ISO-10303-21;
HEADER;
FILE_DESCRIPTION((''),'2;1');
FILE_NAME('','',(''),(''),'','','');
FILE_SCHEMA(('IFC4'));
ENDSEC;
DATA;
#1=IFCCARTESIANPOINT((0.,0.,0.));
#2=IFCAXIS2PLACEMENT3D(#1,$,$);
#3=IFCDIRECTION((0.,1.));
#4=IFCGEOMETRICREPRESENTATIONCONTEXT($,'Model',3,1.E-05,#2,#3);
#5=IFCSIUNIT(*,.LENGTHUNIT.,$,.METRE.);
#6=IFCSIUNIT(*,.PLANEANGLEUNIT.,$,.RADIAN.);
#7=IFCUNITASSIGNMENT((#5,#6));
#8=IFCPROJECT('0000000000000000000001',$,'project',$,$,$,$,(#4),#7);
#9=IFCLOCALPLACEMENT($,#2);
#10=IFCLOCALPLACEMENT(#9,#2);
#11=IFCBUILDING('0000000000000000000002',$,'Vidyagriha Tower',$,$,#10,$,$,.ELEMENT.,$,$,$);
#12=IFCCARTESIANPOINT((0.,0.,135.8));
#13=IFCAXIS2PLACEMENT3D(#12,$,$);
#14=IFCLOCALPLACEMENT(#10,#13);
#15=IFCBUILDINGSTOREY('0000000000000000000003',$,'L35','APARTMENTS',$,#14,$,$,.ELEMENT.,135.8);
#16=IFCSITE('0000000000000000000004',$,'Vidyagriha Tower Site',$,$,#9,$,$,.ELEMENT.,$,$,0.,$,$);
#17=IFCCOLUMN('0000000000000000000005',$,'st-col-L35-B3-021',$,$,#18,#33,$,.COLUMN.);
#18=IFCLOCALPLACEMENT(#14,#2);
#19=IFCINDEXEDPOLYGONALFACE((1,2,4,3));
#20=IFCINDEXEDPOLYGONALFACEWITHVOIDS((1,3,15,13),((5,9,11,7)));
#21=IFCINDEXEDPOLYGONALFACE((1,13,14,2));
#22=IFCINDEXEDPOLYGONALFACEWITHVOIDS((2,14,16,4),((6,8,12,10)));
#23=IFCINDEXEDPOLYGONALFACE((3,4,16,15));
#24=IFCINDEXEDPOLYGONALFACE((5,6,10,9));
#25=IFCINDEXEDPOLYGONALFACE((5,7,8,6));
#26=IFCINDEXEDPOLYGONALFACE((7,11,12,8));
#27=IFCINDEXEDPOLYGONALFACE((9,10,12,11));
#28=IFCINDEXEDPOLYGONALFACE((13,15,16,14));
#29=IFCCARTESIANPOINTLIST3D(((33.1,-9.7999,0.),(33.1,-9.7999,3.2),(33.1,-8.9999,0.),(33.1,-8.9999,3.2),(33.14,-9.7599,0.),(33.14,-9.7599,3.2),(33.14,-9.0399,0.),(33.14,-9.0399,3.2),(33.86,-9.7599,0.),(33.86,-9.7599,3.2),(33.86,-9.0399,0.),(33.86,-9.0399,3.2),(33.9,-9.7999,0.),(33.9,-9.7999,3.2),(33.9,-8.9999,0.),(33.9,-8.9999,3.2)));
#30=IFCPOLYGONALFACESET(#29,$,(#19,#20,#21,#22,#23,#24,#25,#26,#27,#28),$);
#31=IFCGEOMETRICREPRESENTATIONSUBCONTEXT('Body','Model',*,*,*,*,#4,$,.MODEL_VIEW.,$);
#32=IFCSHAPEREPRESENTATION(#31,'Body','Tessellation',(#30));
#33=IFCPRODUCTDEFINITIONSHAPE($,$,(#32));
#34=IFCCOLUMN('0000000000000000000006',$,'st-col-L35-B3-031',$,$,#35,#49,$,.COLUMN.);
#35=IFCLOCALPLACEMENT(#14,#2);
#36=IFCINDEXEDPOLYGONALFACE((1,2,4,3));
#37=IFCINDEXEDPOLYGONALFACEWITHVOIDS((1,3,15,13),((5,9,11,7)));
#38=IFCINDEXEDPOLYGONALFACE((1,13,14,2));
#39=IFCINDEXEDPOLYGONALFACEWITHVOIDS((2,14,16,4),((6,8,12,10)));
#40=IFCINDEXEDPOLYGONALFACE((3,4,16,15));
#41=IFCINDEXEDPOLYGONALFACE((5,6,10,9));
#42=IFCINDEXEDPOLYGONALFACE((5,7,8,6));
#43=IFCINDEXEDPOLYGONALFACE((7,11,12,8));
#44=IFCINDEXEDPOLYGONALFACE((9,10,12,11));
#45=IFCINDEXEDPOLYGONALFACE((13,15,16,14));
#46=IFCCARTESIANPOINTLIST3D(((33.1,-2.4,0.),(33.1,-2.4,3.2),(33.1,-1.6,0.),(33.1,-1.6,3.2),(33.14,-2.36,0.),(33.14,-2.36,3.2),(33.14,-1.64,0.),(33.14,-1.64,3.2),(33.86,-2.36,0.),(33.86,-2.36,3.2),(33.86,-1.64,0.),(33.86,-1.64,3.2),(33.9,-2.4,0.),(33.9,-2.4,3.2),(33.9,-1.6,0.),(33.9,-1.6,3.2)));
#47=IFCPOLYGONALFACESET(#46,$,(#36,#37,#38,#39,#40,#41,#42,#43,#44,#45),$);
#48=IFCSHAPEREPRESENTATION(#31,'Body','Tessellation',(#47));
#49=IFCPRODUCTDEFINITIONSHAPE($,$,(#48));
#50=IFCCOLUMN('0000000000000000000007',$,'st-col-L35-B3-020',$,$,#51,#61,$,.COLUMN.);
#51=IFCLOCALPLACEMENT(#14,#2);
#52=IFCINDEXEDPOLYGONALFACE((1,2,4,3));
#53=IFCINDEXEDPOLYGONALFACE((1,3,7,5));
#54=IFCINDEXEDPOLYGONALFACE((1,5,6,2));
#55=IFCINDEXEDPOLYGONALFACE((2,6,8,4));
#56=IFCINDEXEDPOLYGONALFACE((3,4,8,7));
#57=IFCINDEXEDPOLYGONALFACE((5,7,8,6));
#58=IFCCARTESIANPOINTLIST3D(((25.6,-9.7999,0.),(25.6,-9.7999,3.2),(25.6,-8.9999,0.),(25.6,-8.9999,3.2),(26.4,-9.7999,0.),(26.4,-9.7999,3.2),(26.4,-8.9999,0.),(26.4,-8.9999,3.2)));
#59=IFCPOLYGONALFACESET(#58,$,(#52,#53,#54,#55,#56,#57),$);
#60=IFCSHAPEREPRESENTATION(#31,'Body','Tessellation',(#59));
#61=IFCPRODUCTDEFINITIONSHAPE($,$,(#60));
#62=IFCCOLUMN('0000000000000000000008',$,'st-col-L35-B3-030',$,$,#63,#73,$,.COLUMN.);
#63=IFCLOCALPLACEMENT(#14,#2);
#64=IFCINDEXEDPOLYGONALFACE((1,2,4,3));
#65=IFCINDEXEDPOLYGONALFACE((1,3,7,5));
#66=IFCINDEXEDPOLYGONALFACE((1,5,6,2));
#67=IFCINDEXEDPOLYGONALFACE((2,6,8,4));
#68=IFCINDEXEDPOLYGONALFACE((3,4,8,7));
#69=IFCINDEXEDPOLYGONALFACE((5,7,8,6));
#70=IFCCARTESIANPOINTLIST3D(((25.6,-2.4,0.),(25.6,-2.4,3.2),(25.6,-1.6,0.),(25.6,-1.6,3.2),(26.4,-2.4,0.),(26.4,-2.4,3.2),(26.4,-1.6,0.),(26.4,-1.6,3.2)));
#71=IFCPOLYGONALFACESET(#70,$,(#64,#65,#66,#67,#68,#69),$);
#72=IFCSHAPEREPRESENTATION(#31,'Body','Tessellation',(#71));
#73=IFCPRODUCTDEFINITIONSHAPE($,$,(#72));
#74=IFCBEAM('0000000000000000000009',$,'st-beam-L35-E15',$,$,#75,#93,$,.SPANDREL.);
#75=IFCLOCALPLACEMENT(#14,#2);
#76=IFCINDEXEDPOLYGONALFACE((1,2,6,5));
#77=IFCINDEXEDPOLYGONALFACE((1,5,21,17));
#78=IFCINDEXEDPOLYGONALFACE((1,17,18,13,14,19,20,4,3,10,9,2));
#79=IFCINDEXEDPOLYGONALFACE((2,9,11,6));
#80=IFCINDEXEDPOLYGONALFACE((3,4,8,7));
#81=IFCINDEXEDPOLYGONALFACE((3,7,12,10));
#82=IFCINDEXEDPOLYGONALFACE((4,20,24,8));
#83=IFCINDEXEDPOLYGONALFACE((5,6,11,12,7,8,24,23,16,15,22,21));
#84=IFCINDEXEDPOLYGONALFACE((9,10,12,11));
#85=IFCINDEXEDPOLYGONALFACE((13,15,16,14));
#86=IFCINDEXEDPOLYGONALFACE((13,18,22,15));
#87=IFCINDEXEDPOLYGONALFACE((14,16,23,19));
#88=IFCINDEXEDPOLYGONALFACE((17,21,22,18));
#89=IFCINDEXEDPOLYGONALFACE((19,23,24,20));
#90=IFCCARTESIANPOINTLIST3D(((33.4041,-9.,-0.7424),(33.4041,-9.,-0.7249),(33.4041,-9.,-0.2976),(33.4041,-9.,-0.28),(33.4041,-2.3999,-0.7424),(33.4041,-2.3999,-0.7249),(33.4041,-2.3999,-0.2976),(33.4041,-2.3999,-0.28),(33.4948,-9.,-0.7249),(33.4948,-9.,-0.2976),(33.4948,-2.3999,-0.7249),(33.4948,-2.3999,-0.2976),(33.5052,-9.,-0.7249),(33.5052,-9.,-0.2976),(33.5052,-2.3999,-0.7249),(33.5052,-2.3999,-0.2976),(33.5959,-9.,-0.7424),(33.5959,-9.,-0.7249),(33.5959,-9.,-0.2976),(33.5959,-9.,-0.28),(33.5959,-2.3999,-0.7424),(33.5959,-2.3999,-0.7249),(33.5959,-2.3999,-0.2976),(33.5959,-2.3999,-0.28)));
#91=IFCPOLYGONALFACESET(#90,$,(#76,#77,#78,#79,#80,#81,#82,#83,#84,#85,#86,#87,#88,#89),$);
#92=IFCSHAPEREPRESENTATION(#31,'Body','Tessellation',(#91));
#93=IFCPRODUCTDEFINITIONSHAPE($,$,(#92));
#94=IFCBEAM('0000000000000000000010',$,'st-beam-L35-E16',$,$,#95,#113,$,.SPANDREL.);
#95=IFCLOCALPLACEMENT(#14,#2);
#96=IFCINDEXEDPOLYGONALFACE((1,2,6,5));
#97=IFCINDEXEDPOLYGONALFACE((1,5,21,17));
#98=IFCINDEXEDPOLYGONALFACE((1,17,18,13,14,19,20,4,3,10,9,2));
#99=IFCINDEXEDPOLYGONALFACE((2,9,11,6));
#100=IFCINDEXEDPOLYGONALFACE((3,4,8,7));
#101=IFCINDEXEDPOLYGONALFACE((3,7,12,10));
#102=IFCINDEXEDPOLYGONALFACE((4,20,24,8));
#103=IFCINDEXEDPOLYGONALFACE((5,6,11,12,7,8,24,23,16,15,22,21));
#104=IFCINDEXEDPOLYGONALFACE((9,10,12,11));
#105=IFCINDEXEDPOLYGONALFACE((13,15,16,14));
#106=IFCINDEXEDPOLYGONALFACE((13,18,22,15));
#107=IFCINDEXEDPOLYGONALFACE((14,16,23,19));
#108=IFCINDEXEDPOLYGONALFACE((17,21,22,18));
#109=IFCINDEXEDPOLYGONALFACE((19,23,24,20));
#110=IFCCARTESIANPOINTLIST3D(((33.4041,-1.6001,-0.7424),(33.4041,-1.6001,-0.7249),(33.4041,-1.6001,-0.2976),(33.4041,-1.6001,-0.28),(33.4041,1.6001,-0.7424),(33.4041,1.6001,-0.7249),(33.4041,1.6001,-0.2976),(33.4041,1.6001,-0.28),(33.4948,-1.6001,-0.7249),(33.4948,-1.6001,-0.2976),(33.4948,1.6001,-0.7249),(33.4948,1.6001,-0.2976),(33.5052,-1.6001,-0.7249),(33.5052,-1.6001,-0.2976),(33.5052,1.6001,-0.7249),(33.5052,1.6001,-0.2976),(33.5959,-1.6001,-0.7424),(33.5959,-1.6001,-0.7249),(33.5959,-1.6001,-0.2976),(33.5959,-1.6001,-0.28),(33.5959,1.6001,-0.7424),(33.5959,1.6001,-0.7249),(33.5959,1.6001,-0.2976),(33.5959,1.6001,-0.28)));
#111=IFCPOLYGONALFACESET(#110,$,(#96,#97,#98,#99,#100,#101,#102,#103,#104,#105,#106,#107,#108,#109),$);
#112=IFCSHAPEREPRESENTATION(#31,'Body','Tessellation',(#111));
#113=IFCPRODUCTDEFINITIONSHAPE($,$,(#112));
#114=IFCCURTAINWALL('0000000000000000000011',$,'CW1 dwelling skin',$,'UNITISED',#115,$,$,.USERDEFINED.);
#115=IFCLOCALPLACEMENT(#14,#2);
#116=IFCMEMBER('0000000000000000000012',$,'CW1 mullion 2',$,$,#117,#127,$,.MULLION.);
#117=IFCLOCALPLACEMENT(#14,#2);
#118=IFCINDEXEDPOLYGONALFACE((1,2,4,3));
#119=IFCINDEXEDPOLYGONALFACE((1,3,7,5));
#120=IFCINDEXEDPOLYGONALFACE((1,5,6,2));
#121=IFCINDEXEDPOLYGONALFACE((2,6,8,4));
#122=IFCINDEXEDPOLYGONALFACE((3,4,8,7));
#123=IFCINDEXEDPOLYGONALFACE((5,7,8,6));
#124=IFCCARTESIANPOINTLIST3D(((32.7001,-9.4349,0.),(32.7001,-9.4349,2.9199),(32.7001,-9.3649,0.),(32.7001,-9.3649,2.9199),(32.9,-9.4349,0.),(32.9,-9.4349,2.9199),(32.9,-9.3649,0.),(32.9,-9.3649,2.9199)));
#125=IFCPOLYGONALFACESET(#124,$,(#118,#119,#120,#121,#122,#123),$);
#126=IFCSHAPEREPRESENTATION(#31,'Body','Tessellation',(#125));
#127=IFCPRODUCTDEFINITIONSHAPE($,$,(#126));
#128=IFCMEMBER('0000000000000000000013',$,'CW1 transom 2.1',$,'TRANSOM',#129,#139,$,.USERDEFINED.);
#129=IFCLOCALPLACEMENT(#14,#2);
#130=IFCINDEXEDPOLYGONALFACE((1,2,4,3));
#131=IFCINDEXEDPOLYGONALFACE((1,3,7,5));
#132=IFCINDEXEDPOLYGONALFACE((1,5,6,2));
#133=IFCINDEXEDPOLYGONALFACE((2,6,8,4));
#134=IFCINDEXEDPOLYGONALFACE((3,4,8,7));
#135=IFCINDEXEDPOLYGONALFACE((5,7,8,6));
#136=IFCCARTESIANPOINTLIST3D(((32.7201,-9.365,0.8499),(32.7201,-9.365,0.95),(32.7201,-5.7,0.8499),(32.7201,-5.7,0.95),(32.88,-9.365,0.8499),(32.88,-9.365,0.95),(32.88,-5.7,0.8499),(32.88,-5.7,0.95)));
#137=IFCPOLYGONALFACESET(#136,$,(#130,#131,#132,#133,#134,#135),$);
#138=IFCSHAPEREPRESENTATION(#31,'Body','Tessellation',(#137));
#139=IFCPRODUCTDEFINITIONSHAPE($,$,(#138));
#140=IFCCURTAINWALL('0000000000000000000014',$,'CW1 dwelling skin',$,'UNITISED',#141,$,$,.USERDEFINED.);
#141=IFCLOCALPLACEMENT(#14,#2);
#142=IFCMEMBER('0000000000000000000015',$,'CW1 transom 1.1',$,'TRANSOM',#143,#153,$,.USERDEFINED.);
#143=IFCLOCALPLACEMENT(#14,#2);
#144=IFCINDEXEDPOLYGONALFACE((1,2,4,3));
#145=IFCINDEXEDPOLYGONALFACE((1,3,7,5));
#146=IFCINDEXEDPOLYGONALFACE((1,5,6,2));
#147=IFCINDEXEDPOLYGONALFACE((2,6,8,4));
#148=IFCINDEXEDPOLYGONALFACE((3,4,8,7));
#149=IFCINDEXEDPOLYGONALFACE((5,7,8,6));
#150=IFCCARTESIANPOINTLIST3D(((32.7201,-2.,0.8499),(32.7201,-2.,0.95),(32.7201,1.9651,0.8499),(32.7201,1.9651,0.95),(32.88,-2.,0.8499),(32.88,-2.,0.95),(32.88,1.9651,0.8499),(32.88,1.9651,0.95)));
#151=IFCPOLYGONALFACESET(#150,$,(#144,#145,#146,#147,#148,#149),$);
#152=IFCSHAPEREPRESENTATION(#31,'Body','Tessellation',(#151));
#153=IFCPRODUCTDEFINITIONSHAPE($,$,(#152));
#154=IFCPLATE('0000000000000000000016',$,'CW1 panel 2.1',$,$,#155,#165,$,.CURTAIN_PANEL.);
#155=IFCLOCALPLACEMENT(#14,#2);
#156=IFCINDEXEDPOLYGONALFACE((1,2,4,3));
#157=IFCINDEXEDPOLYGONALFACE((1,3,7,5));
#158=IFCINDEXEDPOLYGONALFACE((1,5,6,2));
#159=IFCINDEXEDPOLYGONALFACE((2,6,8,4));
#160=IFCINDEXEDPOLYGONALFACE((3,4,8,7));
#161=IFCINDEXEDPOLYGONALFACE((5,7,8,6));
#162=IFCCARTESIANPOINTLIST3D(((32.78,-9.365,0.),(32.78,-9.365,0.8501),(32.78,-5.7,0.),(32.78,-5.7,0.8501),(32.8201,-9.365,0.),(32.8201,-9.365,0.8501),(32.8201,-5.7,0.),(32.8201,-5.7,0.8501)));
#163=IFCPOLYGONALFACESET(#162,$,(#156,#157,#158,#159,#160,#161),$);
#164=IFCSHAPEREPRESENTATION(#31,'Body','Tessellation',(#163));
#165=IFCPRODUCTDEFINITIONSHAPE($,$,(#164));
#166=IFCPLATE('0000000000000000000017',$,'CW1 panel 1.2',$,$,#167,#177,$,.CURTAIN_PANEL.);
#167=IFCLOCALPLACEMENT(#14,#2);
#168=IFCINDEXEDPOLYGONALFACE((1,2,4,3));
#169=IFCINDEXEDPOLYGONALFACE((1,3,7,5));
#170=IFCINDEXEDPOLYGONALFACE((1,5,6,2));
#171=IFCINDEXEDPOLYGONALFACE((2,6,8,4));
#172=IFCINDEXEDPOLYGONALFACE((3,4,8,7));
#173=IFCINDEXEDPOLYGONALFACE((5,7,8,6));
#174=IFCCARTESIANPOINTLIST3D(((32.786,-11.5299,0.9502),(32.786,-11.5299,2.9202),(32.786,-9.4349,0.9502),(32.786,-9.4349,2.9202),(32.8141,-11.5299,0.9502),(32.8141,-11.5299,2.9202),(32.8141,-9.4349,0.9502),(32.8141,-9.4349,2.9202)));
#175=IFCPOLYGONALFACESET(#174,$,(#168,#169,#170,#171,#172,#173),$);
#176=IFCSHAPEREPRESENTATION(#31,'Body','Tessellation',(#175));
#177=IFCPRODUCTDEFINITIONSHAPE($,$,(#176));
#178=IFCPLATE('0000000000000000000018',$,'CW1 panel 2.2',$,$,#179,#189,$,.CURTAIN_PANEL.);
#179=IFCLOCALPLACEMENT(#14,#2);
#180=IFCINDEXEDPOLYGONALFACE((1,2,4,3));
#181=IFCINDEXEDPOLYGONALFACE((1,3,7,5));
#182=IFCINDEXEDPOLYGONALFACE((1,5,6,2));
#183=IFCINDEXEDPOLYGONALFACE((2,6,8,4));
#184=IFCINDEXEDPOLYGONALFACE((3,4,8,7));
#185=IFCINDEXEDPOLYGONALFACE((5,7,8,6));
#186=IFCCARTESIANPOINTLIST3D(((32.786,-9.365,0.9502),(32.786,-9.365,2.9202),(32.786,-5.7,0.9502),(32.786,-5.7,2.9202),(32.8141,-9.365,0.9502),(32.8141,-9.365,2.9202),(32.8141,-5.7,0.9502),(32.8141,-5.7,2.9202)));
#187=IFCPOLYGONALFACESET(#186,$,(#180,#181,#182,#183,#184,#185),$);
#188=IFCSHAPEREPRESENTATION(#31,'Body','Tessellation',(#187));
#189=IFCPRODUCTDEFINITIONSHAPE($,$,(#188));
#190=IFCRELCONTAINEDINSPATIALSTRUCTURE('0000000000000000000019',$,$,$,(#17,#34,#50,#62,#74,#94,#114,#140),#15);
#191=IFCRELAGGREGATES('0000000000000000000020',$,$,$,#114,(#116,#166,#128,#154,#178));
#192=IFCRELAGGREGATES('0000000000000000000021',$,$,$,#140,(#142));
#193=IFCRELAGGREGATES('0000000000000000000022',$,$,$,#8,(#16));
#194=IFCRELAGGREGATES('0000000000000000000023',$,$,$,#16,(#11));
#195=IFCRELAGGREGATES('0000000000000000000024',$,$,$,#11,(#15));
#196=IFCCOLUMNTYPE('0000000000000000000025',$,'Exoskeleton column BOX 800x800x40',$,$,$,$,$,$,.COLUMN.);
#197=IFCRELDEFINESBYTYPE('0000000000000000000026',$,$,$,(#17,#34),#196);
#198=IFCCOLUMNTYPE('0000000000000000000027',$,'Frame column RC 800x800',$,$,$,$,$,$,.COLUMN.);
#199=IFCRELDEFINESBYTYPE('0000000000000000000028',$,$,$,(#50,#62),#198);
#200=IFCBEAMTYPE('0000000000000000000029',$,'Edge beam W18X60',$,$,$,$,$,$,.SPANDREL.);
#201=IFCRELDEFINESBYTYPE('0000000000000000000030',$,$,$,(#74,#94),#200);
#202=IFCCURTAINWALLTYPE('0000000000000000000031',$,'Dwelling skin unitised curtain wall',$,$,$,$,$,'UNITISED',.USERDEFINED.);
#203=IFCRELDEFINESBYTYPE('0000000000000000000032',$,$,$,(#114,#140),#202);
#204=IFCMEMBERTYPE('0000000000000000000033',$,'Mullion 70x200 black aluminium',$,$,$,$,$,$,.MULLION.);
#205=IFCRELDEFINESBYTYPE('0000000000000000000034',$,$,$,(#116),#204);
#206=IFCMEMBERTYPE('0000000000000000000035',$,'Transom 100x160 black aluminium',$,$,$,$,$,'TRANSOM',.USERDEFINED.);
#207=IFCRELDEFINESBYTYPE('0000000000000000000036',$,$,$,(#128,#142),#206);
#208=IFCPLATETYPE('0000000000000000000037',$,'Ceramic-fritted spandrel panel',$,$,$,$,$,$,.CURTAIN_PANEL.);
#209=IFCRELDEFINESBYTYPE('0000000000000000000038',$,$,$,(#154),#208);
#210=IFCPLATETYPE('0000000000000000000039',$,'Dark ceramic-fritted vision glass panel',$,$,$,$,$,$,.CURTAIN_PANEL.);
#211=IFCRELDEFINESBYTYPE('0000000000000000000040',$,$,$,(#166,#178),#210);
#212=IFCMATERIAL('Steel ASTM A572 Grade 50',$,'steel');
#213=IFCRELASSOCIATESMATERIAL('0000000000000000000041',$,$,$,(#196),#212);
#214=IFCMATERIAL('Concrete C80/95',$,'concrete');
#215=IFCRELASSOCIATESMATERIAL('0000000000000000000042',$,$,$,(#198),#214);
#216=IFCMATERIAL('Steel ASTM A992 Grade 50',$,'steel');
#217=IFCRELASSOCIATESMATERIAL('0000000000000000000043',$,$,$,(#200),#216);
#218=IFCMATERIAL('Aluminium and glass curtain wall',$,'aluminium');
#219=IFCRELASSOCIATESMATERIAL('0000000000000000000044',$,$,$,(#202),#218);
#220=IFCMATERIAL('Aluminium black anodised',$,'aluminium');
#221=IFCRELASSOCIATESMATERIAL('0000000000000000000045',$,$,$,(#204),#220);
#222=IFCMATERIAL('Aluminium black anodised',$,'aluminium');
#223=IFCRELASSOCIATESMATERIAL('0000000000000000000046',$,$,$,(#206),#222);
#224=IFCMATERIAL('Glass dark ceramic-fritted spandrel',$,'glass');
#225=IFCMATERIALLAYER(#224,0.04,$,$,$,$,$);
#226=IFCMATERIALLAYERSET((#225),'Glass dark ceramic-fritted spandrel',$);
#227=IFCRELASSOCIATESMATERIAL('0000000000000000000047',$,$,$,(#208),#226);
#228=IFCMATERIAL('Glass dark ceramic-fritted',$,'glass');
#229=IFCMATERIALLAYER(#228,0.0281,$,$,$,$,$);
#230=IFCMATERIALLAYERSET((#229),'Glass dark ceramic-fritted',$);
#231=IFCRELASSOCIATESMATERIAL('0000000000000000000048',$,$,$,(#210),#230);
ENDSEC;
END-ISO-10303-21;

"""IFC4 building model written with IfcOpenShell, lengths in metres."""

from ifc_helpers import new_model, si_unit, direction, frame, origin, origin_2d, place, context, subcontext, project, spatial, rectangle, hollow_rectangle, i_section, extrude, material, layer, layer_set, material_profile, profile_set, type_object, element, aggregate, save


model = new_model("IFC4")

# Units and contexts
model_context = context("Model", 3, precision=1e-05, world=origin(), true_north=direction((0.0, 1.0)))
body_context = subcontext(model_context, "Body", "Model", "MODEL_VIEW")
ifc_project = project(units=[si_unit("LENGTHUNIT", "METRE"), si_unit("PLANEANGLEUNIT", "RADIAN")], contexts=[model_context])

# Site, building, storey
site_placement = place(None, origin())
site = spatial("IfcSite", under=ifc_project, at=site_placement, Name="Vidyagriha Tower Site", CompositionType="ELEMENT", RefElevation=0.0)
building_placement = place(site_placement, origin())
building = spatial("IfcBuilding", under=site, at=building_placement, Name="Vidyagriha Tower", CompositionType="ELEMENT")
storey_placement = place(building_placement, frame((0.0, 0.0, 135.8)))
storey = spatial("IfcBuildingStorey", under=building, at=storey_placement, Name="L35", Description="APARTMENTS", CompositionType="ELEMENT", Elevation=135.8)

# Columns
ifc_material_1 = material(Name="Steel ASTM A572 Grade 50", Category="steel")
ifc_material_profile_1 = material_profile(ifc_material_1, hollow_rectangle(XDim=0.8, YDim=0.8, WallThickness=0.04, at=origin_2d()), Name="BOX 800x800x40")
ifc_profile_set_1 = profile_set([ifc_material_profile_1], Name="Steel ASTM A572 Grade 50")
column_type_1 = type_object("IfcColumnType", Name="Exoskeleton column BOX 800x800x40", PredefinedType="COLUMN", material=ifc_profile_set_1)
for number, where, name in (
    (1, (33.5, -9.3999, 0.0), "st-col-L35-B3-021"),
    (2, (33.5, -2.0, 0.0), "st-col-L35-B3-031"),
):
    element("IfcColumn", number, at=place(storey_placement, frame(where)), inside=storey, type_object=column_type_1, Name=name, PredefinedType="COLUMN", context=body_context, shape_type="SweptSolid", body=[
        extrude(hollow_rectangle(XDim=0.8, YDim=0.8, WallThickness=0.04, at=origin_2d()), origin(), (0.0, 0.0, 1.0), 3.2),
    ])
ifc_material_2 = material(Name="Concrete C80/95", Category="concrete")
ifc_material_profile_2 = material_profile(ifc_material_2, rectangle(XDim=0.8, YDim=0.8, at=origin_2d()), Name="RC 800x800")
ifc_profile_set_2 = profile_set([ifc_material_profile_2], Name="Concrete C80/95")
column_type_2 = type_object("IfcColumnType", Name="Frame column RC 800x800", PredefinedType="COLUMN", material=ifc_profile_set_2)
for number, where, name in (
    (3, (26.0, -9.3999, 0.0), "st-col-L35-B3-020"),
    (4, (26.0, -2.0, 0.0), "st-col-L35-B3-030"),
):
    element("IfcColumn", number, at=place(storey_placement, frame(where)), inside=storey, type_object=column_type_2, Name=name, PredefinedType="COLUMN", context=body_context, shape_type="SweptSolid", body=[
        extrude(rectangle(XDim=0.8, YDim=0.8, at=origin_2d()), origin(), (0.0, 0.0, 1.0), 3.2),
    ])

# Beams
ifc_material_3 = material(Name="Steel ASTM A992 Grade 50", Category="steel")
ifc_material_profile_3 = material_profile(ifc_material_3, i_section(OverallWidth=0.1919, OverallDepth=0.4624, WebThickness=0.0105, FlangeThickness=0.0176, at=origin_2d()), Name="W18X60")
ifc_profile_set_3 = profile_set([ifc_material_profile_3], Name="Steel ASTM A992 Grade 50")
beam_type = type_object("IfcBeamType", Name="Edge beam W18X60", PredefinedType="SPANDREL", material=ifc_profile_set_3)
beam_1_placement = place(storey_placement, frame((33.5, -9.0, -0.5112), z_axis=(0.0, 1.0, 0.0), x_axis=(-1.0, 0.0, 0.0)))
element("IfcBeam", 5, at=beam_1_placement, inside=storey, type_object=beam_type, Name="st-beam-L35-E15", PredefinedType="SPANDREL", context=body_context, shape_type="SweptSolid", body=[
    extrude(i_section(OverallWidth=0.1919, OverallDepth=0.4624, WebThickness=0.0105, FlangeThickness=0.0176, at=origin_2d()), origin(), (0.0, 0.0, 1.0), 6.6001),
])
beam_2_placement = place(storey_placement, frame((33.5, -1.6001, -0.5112), z_axis=(0.0, 1.0, 0.0), x_axis=(-1.0, 0.0, 0.0)))
element("IfcBeam", 6, at=beam_2_placement, inside=storey, type_object=beam_type, Name="st-beam-L35-E16", PredefinedType="SPANDREL", context=body_context, shape_type="SweptSolid", body=[
    extrude(i_section(OverallWidth=0.1919, OverallDepth=0.4624, WebThickness=0.0105, FlangeThickness=0.0176, at=origin_2d()), origin(), (0.0, 0.0, 1.0), 3.2002),
])

# Curtain wall, members
ifc_material_4 = material(Name="Aluminium and glass curtain wall", Category="aluminium")
curtain_wall_type = type_object("IfcCurtainWallType", Name="Dwelling skin unitised curtain wall", ElementType="UNITISED", PredefinedType="USERDEFINED", material=ifc_material_4)
curtain_wall_1_placement = place(storey_placement, origin())
curtain_wall_1 = element("IfcCurtainWall", 7, at=curtain_wall_1_placement, inside=storey, type_object=curtain_wall_type, Name="CW1 dwelling skin", ObjectType="UNITISED", PredefinedType="USERDEFINED")
ifc_material_5 = material(Name="Aluminium black anodised", Category="aluminium")
ifc_material_profile_4 = material_profile(ifc_material_5, rectangle(XDim=0.2, YDim=0.0701, at=origin_2d()), Name="Mullion 70x200 black aluminium")
ifc_profile_set_4 = profile_set([ifc_material_profile_4], Name="Aluminium black anodised")
member_type_1 = type_object("IfcMemberType", Name="Mullion 70x200 black aluminium", PredefinedType="MULLION", material=ifc_profile_set_4)
member_1_placement = place(storey_placement, frame((32.8, -9.3999, 0.0), z_axis=(0.0, 0.0, 1.0), x_axis=(-1.0, 0.0, 0.0)))
member_1 = element("IfcMember", 8, at=member_1_placement, type_object=member_type_1, Name="CW1 mullion 2", PredefinedType="MULLION", context=body_context, shape_type="SweptSolid", body=[
    extrude(rectangle(XDim=0.2, YDim=0.0701, at=origin_2d()), origin(), (0.0, 0.0, 1.0), 2.9199),
])
ifc_material_6 = material(Name="Aluminium black anodised", Category="aluminium")
ifc_material_profile_5 = material_profile(ifc_material_6, rectangle(XDim=0.1599, YDim=0.1001, at=origin_2d()), Name="Transom 100x160 black aluminium")
ifc_profile_set_5 = profile_set([ifc_material_profile_5], Name="Aluminium black anodised")
member_type_2 = type_object("IfcMemberType", Name="Transom 100x160 black aluminium", ElementType="TRANSOM", PredefinedType="USERDEFINED", material=ifc_profile_set_5)
member_2_placement = place(storey_placement, frame((32.8, -9.365, 0.8999), z_axis=(0.0, 1.0, 0.0), x_axis=(-1.0, 0.0, 0.0)))
member_2 = element("IfcMember", 9, at=member_2_placement, type_object=member_type_2, Name="CW1 transom 2.1", ObjectType="TRANSOM", PredefinedType="USERDEFINED", context=body_context, shape_type="SweptSolid", body=[
    extrude(rectangle(XDim=0.1599, YDim=0.1001, at=origin_2d()), origin(), (0.0, 0.0, 1.0), 3.665),
])

# Curtain wall, member
curtain_wall_2_placement = place(storey_placement, origin())
curtain_wall_2 = element("IfcCurtainWall", 10, at=curtain_wall_2_placement, inside=storey, type_object=curtain_wall_type, Name="CW1 dwelling skin", ObjectType="UNITISED", PredefinedType="USERDEFINED")
member_3_placement = place(storey_placement, frame((32.8, -2.0, 0.8999), z_axis=(0.0, 1.0, 0.0), x_axis=(-1.0, 0.0, 0.0)))
member_3 = element("IfcMember", 11, at=member_3_placement, type_object=member_type_2, Name="CW1 transom 1.1", ObjectType="TRANSOM", PredefinedType="USERDEFINED", context=body_context, shape_type="SweptSolid", body=[
    extrude(rectangle(XDim=0.1599, YDim=0.1001, at=origin_2d()), origin(), (0.0, 0.0, 1.0), 3.9651),
])

# Plates
ifc_material_7 = material(Name="Glass dark ceramic-fritted spandrel", Category="glass")
ifc_layer_1 = layer(ifc_material_7, 0.04)
ifc_layer_set_1 = layer_set([ifc_layer_1], Name="Glass dark ceramic-fritted spandrel")
plate_type_1 = type_object("IfcPlateType", Name="Ceramic-fritted spandrel panel", PredefinedType="CURTAIN_PANEL", material=ifc_layer_set_1)
plate_1_placement = place(storey_placement, frame((32.8, -7.5325, 0.0), z_axis=(0.0, 0.0, 1.0), x_axis=(0.0, 1.0, 0.0)))
plate_1 = element("IfcPlate", 12, at=plate_1_placement, type_object=plate_type_1, Name="CW1 panel 2.1", PredefinedType="CURTAIN_PANEL", context=body_context, shape_type="SweptSolid", body=[
    extrude(rectangle(XDim=3.665, YDim=0.04, at=origin_2d()), origin(), (0.0, 0.0, 1.0), 0.8501),
])
ifc_material_8 = material(Name="Glass dark ceramic-fritted", Category="glass")
ifc_layer_2 = layer(ifc_material_8, 0.0281)
ifc_layer_set_2 = layer_set([ifc_layer_2], Name="Glass dark ceramic-fritted")
plate_type_2 = type_object("IfcPlateType", Name="Dark ceramic-fritted vision glass panel", PredefinedType="CURTAIN_PANEL", material=ifc_layer_set_2)
plate_2_placement = place(storey_placement, frame((32.8, -10.4824, 0.9502), z_axis=(0.0, 0.0, 1.0), x_axis=(0.0, 1.0, 0.0)))
plate_2 = element("IfcPlate", 13, at=plate_2_placement, type_object=plate_type_2, Name="CW1 panel 1.2", PredefinedType="CURTAIN_PANEL", context=body_context, shape_type="SweptSolid", body=[
    extrude(rectangle(XDim=2.095, YDim=0.0281, at=origin_2d()), origin(), (0.0, 0.0, 1.0), 1.97),
])
plate_3_placement = place(storey_placement, frame((32.8, -7.5325, 0.9502), z_axis=(0.0, 0.0, 1.0), x_axis=(0.0, 1.0, 0.0)))
plate_3 = element("IfcPlate", 14, at=plate_3_placement, type_object=plate_type_2, Name="CW1 panel 2.2", PredefinedType="CURTAIN_PANEL", context=body_context, shape_type="SweptSolid", body=[
    extrude(rectangle(XDim=3.665, YDim=0.0281, at=origin_2d()), origin(), (0.0, 0.0, 1.0), 1.97),
])
aggregate(curtain_wall_1, [member_1, plate_2, member_2, plate_1, plate_3])
aggregate(curtain_wall_2, [member_3])

save(model, "model.ifc")
